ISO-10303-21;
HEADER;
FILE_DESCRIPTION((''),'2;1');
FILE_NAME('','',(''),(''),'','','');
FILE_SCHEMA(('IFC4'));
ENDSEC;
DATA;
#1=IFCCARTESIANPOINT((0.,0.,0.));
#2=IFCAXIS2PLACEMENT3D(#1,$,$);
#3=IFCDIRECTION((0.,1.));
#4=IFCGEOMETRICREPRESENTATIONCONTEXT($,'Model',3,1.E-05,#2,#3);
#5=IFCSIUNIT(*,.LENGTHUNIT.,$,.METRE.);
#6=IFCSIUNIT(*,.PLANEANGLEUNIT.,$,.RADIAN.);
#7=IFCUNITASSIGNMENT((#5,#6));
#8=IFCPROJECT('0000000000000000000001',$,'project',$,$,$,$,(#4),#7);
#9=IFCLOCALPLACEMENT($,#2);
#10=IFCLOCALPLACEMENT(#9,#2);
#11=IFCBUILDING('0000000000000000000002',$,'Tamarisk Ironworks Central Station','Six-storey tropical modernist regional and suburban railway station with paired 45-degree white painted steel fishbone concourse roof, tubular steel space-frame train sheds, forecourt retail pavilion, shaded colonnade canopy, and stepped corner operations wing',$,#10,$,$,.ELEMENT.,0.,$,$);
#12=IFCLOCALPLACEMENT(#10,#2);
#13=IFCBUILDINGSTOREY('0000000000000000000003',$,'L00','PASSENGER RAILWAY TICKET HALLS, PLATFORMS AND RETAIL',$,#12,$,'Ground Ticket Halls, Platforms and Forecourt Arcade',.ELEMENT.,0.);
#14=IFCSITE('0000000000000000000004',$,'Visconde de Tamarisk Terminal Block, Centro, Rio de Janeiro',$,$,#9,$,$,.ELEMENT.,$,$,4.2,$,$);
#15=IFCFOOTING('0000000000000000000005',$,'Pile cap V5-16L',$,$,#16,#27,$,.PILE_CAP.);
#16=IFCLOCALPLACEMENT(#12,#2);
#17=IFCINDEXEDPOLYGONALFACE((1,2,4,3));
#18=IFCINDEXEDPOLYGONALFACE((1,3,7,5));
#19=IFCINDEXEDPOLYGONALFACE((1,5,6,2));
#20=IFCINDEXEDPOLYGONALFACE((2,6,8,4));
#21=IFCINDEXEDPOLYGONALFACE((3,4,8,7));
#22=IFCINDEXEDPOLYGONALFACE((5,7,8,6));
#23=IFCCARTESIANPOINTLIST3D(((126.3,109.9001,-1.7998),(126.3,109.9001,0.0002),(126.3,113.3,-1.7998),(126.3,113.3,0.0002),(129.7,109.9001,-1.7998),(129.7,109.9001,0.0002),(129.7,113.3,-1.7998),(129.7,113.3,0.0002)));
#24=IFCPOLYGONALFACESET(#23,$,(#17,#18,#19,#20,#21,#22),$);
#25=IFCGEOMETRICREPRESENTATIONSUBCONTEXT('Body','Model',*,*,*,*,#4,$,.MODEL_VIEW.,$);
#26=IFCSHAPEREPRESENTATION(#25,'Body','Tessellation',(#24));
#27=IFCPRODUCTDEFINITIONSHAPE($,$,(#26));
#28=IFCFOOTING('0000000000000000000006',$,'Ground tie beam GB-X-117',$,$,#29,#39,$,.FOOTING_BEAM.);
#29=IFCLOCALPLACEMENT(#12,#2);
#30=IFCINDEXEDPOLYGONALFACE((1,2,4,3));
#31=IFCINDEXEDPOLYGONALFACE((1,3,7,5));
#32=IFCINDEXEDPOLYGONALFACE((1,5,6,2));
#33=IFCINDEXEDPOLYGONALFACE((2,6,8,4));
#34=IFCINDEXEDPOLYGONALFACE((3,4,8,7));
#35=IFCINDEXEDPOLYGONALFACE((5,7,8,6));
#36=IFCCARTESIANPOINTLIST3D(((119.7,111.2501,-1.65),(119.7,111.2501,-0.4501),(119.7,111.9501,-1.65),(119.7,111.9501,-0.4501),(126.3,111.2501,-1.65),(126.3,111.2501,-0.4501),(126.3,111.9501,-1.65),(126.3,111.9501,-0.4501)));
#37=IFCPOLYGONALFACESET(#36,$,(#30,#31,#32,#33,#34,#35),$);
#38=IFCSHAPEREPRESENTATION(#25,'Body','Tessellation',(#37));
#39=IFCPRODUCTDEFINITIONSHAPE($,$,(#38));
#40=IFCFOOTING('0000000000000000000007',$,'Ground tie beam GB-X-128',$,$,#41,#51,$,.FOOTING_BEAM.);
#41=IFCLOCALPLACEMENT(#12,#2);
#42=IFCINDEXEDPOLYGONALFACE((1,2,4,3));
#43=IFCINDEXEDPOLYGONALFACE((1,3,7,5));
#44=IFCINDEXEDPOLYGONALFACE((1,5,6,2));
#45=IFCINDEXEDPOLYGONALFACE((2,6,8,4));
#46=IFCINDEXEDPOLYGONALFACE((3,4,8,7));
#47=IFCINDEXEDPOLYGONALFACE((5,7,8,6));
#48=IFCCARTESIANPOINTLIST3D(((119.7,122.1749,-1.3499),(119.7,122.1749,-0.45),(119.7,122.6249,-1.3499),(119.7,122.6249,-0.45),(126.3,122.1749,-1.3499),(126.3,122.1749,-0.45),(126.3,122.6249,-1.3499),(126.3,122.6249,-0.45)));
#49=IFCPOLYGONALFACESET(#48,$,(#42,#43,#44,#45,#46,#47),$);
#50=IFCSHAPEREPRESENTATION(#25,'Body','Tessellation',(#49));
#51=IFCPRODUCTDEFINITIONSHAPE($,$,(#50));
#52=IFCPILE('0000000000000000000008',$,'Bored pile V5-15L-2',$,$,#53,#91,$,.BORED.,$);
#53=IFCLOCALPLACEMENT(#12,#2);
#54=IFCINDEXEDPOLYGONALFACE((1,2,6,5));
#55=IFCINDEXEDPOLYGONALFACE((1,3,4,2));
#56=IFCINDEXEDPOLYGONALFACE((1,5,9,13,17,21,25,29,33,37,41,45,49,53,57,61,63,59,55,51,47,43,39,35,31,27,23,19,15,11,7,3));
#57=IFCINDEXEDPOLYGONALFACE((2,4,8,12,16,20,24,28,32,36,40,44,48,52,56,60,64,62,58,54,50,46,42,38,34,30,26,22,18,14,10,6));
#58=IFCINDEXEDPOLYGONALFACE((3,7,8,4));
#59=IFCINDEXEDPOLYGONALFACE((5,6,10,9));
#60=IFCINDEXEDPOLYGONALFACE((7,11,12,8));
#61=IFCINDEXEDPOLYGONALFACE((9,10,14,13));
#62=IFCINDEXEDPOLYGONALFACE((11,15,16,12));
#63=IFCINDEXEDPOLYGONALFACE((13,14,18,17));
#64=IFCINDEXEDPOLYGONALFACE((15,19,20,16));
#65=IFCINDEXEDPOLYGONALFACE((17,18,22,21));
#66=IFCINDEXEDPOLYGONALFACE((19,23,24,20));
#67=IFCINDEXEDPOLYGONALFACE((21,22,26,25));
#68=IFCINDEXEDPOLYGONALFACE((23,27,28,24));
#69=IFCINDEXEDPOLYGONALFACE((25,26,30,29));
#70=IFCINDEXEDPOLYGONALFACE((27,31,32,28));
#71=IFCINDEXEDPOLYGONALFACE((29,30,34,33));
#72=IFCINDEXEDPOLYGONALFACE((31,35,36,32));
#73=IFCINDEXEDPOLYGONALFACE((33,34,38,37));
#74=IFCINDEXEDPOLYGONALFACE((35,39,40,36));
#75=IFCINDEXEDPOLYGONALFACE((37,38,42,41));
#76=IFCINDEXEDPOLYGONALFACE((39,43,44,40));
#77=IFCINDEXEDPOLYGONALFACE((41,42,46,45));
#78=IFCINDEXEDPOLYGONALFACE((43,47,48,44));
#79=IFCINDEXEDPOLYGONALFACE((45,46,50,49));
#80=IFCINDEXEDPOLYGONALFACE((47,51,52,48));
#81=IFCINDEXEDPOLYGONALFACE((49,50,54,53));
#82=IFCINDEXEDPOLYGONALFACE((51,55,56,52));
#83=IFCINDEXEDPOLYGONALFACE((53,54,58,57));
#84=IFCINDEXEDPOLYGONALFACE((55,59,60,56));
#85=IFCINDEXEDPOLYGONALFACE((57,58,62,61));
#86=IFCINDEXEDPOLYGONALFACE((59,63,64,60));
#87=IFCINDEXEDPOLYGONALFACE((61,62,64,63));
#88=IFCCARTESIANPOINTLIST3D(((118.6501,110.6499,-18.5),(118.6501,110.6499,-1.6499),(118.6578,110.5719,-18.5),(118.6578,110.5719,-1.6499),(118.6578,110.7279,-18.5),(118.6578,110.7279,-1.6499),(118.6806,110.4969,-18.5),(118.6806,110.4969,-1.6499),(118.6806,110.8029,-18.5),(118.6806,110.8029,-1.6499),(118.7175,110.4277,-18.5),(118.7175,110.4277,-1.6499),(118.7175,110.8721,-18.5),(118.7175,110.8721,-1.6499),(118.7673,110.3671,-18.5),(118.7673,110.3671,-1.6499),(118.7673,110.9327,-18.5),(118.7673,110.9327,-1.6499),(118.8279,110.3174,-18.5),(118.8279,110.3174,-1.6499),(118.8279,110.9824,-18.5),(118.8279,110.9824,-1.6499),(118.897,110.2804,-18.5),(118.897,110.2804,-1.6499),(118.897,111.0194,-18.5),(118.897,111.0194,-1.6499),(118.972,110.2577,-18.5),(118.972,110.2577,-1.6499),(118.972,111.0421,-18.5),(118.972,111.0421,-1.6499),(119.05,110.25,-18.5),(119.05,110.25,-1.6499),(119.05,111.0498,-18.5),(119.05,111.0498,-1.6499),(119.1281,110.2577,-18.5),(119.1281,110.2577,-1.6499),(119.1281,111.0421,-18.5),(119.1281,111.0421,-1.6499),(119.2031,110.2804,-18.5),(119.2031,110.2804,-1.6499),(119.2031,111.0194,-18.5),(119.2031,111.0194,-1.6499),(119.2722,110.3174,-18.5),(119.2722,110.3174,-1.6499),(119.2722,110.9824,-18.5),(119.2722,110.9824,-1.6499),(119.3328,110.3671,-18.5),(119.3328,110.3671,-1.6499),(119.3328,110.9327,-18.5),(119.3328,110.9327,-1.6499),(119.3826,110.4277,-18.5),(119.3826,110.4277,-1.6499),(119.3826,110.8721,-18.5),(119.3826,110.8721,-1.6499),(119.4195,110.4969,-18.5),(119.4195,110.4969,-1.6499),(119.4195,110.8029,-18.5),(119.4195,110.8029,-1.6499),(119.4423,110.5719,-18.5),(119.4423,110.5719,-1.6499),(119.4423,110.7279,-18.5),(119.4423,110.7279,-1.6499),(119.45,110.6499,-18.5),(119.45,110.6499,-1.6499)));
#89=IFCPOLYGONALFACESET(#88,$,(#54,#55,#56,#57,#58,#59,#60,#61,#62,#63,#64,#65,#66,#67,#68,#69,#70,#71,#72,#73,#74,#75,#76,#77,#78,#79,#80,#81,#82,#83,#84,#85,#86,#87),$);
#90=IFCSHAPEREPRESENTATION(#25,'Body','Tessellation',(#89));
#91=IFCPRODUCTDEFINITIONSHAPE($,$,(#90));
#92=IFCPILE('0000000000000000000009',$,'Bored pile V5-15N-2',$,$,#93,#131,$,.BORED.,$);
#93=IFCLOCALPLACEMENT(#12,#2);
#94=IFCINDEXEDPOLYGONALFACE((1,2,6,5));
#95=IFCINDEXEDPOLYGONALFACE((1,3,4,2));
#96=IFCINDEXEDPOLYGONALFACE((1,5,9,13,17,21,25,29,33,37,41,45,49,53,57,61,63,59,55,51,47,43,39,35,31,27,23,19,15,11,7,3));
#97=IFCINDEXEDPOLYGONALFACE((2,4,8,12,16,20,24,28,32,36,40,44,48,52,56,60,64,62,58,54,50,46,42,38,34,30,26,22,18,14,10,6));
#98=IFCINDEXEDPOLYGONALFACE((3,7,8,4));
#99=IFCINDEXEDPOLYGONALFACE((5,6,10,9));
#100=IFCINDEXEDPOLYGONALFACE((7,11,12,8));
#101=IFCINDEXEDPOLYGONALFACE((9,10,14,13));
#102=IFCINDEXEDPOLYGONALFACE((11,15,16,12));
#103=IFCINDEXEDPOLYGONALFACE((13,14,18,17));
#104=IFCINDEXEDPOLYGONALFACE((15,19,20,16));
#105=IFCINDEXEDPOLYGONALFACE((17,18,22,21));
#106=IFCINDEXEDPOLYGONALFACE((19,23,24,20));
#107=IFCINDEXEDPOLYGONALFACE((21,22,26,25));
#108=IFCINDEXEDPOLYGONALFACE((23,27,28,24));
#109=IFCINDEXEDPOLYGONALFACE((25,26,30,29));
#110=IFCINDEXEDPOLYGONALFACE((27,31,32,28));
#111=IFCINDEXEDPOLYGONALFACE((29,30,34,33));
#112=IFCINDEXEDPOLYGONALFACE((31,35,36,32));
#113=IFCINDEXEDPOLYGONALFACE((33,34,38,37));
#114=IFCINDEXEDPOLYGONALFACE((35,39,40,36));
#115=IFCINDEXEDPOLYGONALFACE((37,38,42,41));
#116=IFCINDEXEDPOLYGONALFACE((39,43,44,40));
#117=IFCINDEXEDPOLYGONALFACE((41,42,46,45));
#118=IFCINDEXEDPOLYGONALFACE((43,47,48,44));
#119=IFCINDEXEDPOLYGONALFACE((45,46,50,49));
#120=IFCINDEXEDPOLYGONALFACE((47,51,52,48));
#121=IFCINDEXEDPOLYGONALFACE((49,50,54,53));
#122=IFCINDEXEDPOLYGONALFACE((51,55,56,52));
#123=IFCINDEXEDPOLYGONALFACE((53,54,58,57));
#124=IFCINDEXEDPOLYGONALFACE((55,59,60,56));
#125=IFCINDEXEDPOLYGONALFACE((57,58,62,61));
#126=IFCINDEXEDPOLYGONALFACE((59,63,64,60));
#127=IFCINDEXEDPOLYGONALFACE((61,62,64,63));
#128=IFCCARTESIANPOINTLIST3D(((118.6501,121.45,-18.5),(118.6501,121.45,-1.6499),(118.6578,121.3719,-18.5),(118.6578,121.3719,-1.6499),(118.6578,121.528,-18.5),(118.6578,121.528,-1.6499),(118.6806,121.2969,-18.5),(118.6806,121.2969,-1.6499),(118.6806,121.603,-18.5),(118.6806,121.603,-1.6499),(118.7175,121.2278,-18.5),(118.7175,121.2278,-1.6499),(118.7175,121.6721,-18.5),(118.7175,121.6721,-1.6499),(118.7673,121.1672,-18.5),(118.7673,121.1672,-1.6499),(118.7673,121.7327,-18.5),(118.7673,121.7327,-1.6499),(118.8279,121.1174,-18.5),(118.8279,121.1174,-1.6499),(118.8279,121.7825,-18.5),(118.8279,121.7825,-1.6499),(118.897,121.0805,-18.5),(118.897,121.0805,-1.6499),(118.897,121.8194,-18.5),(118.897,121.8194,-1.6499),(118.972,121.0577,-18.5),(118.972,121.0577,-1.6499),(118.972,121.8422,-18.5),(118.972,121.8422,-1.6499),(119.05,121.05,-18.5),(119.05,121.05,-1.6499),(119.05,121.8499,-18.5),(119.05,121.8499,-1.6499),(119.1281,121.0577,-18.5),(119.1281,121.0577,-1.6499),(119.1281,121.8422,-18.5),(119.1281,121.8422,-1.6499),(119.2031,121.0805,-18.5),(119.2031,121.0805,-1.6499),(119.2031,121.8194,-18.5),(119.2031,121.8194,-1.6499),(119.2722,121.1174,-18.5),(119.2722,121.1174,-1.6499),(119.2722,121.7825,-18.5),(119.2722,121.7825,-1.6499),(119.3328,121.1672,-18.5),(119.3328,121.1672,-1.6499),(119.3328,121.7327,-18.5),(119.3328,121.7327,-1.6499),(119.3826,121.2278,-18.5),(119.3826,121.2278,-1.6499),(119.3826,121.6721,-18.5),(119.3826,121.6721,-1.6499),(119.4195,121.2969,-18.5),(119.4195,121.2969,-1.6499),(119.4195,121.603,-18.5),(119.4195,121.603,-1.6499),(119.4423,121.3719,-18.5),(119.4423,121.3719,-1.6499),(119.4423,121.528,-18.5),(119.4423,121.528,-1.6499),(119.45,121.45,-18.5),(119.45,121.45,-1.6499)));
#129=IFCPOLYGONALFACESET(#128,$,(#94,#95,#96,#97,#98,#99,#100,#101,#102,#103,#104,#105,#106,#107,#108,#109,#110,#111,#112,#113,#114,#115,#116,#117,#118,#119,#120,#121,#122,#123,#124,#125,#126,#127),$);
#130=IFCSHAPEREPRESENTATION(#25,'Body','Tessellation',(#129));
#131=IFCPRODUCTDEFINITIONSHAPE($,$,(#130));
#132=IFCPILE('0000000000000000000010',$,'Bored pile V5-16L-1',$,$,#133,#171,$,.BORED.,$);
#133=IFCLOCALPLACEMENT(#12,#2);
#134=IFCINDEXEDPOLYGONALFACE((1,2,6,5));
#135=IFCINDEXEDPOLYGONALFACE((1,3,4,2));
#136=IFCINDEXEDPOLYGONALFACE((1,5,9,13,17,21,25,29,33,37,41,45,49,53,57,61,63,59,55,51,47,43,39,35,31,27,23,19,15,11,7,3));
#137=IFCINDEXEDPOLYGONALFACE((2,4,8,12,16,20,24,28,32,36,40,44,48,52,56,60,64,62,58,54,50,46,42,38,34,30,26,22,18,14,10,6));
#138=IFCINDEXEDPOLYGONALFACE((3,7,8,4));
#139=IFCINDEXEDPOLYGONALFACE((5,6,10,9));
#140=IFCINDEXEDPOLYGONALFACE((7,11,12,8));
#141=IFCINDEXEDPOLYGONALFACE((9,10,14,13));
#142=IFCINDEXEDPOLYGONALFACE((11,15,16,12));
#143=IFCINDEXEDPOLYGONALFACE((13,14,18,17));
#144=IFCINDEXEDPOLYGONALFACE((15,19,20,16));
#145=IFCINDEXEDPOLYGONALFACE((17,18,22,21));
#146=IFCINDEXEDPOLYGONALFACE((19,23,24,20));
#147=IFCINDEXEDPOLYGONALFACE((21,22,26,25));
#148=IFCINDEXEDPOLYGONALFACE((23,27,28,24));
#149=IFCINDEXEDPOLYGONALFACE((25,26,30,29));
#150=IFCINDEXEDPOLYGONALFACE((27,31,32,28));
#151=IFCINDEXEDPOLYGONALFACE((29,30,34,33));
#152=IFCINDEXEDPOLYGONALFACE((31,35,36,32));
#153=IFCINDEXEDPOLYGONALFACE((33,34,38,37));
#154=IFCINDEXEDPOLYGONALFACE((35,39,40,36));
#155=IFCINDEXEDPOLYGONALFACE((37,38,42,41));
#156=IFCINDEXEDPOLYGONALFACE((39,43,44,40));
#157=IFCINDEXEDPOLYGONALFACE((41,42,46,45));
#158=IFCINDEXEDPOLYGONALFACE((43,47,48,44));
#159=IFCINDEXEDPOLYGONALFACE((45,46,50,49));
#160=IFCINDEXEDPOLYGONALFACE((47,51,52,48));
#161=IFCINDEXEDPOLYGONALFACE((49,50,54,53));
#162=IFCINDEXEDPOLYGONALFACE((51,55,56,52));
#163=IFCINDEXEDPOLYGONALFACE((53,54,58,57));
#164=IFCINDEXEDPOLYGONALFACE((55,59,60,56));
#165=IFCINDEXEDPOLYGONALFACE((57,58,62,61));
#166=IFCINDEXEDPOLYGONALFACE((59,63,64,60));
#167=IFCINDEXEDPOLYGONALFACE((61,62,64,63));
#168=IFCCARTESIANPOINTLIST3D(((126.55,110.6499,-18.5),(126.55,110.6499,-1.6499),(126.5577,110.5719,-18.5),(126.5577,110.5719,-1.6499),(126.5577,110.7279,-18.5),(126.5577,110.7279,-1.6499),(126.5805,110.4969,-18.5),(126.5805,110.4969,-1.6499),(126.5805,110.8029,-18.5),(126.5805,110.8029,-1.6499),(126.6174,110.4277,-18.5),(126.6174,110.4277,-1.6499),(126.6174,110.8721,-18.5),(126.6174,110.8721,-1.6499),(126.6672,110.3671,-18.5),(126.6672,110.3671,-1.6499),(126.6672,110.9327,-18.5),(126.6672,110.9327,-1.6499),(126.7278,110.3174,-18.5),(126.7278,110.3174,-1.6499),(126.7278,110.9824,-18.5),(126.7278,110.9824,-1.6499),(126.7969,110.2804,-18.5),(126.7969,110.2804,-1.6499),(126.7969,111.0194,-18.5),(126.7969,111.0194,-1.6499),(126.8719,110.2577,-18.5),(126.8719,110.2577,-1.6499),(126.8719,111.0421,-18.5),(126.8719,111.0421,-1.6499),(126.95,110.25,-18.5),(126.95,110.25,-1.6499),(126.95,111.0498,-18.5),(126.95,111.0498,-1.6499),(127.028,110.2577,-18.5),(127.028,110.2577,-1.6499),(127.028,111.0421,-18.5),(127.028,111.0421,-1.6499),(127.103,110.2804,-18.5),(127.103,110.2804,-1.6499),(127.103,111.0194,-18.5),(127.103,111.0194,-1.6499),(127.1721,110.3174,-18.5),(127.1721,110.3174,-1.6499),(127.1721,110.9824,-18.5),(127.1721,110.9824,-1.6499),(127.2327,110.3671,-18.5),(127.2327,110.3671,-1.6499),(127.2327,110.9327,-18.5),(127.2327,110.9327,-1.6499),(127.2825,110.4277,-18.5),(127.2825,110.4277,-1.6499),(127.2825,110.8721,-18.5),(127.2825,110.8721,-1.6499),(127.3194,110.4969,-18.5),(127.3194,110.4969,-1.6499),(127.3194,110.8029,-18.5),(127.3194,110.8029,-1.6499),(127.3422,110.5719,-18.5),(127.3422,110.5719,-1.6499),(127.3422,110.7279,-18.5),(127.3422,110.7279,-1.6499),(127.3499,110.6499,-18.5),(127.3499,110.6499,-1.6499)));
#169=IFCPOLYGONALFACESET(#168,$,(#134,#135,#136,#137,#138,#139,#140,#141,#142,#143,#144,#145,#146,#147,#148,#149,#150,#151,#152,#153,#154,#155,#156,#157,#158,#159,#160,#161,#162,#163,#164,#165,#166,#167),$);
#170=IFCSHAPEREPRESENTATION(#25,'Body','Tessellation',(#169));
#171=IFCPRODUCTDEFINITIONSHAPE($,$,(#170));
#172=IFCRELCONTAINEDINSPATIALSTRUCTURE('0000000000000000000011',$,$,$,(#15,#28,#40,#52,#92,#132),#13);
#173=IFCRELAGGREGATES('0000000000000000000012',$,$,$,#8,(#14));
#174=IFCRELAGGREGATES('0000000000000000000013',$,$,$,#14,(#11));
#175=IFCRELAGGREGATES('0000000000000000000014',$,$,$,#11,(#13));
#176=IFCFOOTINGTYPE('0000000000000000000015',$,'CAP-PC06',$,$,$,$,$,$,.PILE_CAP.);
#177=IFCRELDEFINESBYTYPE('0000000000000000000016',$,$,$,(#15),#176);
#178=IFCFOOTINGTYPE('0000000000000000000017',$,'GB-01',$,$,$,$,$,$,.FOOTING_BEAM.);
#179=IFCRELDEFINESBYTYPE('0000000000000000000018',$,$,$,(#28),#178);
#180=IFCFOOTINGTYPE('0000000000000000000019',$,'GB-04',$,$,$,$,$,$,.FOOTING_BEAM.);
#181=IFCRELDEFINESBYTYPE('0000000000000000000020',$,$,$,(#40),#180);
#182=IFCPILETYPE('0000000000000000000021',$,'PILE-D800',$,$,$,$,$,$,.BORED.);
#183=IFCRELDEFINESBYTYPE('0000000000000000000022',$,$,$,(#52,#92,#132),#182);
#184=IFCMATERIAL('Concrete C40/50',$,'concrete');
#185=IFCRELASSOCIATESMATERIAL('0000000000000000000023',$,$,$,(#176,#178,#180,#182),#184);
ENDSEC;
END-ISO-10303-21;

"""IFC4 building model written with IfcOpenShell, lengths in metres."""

from ifc_helpers import new_model, si_unit, direction, frame, origin, origin_2d, place, context, subcontext, project, spatial, rectangle, circle, extrude, material, material_profile, profile_set, type_object, element, save


model = new_model("IFC4")

# Units and contexts
model_context = context("Model", 3, precision=1e-05, world=origin(), true_north=direction((0.0, 1.0)))
body_context = subcontext(model_context, "Body", "Model", "MODEL_VIEW")
ifc_project = project(units=[si_unit("LENGTHUNIT", "METRE"), si_unit("PLANEANGLEUNIT", "RADIAN")], contexts=[model_context])

# Site, building, storey
site_placement = place(None, origin())
site = spatial("IfcSite", under=ifc_project, at=site_placement, Name="Visconde de Tamarisk Terminal Block, Centro, Rio de Janeiro", CompositionType="ELEMENT", RefElevation=4.2)
building_placement = place(site_placement, origin())
building = spatial("IfcBuilding", under=site, at=building_placement, Name="Tamarisk Ironworks Central Station", Description="Six-storey tropical modernist regional and suburban railway station with paired 45-degree white painted steel fishbone concourse roof, tubular steel space-frame train sheds, forecourt retail pavilion, shaded colonnade canopy, and stepped corner operations wing", CompositionType="ELEMENT", ElevationOfRefHeight=0.0)
storey_placement = place(building_placement, origin())
storey = spatial("IfcBuildingStorey", under=building, at=storey_placement, Name="L00", Description="PASSENGER RAILWAY TICKET HALLS, PLATFORMS AND RETAIL", LongName="Ground Ticket Halls, Platforms and Forecourt Arcade", CompositionType="ELEMENT", Elevation=0.0)

# Footings
ifc_material_1 = material(Name="Concrete C40/50", Category="concrete")
footing_type_1 = type_object("IfcFootingType", Name="CAP-PC06", PredefinedType="PILE_CAP", material=ifc_material_1)
footing_1_placement = place(storey_placement, frame((128.0, 111.6001, -1.7998), z_axis=(0.0, 0.0, 1.0), x_axis=(1.0, 0.0, 0.0)))
element("IfcFooting", 1, at=footing_1_placement, inside=storey, type_object=footing_type_1, Name="Pile cap V5-16L", PredefinedType="PILE_CAP", context=body_context, shape_type="SweptSolid", body=[
    extrude(rectangle(XDim=3.3999, YDim=3.3999, at=origin_2d()), origin(), (0.0, 0.0, 1.0), 1.8),
])
ifc_material_profile_1 = material_profile(ifc_material_1, rectangle(XDim=0.7, YDim=1.2, at=origin_2d()), Name="GB01 700x1200")
ifc_profile_set_1 = profile_set([ifc_material_profile_1], Name="Concrete C40/50")
footing_type_2 = type_object("IfcFootingType", Name="GB-01", PredefinedType="FOOTING_BEAM", material=ifc_profile_set_1)
footing_2_placement = place(storey_placement, frame((119.7, 111.6001, -1.05), z_axis=(1.0, 0.0, 0.0), x_axis=(0.0, 1.0, 0.0)))
element("IfcFooting", 2, at=footing_2_placement, inside=storey, type_object=footing_type_2, Name="Ground tie beam GB-X-117", PredefinedType="FOOTING_BEAM", context=body_context, shape_type="SweptSolid", body=[
    extrude(rectangle(XDim=0.7, YDim=1.2, at=origin_2d()), origin(), (0.0, 0.0, 1.0), 6.6001),
])
ifc_material_profile_2 = material_profile(ifc_material_1, rectangle(XDim=0.45, YDim=0.8999, at=origin_2d()), Name="GB04 450x900")
ifc_profile_set_2 = profile_set([ifc_material_profile_2], Name="Concrete C40/50")
footing_type_3 = type_object("IfcFootingType", Name="GB-04", PredefinedType="FOOTING_BEAM", material=ifc_profile_set_2)
footing_3_placement = place(storey_placement, frame((119.7, 122.3999, -0.8999), z_axis=(1.0, 0.0, 0.0), x_axis=(0.0, 1.0, 0.0)))
element("IfcFooting", 3, at=footing_3_placement, inside=storey, type_object=footing_type_3, Name="Ground tie beam GB-X-128", PredefinedType="FOOTING_BEAM", context=body_context, shape_type="SweptSolid", body=[
    extrude(rectangle(XDim=0.45, YDim=0.8999, at=origin_2d()), origin(), (0.0, 0.0, 1.0), 6.6001),
])

# Piles
ifc_material_profile_3 = material_profile(ifc_material_1, circle(Radius=0.3999, at=origin_2d()), Name="BORED PILE D800")
ifc_profile_set_3 = profile_set([ifc_material_profile_3], Name="Concrete C40/50")
pile_type = type_object("IfcPileType", Name="PILE-D800", PredefinedType="BORED", material=ifc_profile_set_3)
for number, where, z_axis, x_axis, name in (
    (4, (119.05, 110.6499, -1.6499), (0.0, 0.0, -1.0), (1.0, 0.0, 0.0), "Bored pile V5-15L-2"),
    (5, (119.05, 121.45, -1.6499), (0.0, 0.0, -1.0), (1.0, 0.0, 0.0), "Bored pile V5-15N-2"),
    (6, (126.95, 110.6499, -1.6499), (0.0, 0.0, -1.0), (1.0, 0.0, 0.0), "Bored pile V5-16L-1"),
):
    element("IfcPile", number, at=place(storey_placement, frame(where, z_axis=z_axis, x_axis=x_axis)), inside=storey, type_object=pile_type, Name=name, PredefinedType="BORED", context=body_context, shape_type="SweptSolid", body=[
        extrude(circle(Radius=0.3999, at=origin_2d()), origin(), (0.0, 0.0, 1.0), 16.8501),
    ])

save(model, "model.ifc")
